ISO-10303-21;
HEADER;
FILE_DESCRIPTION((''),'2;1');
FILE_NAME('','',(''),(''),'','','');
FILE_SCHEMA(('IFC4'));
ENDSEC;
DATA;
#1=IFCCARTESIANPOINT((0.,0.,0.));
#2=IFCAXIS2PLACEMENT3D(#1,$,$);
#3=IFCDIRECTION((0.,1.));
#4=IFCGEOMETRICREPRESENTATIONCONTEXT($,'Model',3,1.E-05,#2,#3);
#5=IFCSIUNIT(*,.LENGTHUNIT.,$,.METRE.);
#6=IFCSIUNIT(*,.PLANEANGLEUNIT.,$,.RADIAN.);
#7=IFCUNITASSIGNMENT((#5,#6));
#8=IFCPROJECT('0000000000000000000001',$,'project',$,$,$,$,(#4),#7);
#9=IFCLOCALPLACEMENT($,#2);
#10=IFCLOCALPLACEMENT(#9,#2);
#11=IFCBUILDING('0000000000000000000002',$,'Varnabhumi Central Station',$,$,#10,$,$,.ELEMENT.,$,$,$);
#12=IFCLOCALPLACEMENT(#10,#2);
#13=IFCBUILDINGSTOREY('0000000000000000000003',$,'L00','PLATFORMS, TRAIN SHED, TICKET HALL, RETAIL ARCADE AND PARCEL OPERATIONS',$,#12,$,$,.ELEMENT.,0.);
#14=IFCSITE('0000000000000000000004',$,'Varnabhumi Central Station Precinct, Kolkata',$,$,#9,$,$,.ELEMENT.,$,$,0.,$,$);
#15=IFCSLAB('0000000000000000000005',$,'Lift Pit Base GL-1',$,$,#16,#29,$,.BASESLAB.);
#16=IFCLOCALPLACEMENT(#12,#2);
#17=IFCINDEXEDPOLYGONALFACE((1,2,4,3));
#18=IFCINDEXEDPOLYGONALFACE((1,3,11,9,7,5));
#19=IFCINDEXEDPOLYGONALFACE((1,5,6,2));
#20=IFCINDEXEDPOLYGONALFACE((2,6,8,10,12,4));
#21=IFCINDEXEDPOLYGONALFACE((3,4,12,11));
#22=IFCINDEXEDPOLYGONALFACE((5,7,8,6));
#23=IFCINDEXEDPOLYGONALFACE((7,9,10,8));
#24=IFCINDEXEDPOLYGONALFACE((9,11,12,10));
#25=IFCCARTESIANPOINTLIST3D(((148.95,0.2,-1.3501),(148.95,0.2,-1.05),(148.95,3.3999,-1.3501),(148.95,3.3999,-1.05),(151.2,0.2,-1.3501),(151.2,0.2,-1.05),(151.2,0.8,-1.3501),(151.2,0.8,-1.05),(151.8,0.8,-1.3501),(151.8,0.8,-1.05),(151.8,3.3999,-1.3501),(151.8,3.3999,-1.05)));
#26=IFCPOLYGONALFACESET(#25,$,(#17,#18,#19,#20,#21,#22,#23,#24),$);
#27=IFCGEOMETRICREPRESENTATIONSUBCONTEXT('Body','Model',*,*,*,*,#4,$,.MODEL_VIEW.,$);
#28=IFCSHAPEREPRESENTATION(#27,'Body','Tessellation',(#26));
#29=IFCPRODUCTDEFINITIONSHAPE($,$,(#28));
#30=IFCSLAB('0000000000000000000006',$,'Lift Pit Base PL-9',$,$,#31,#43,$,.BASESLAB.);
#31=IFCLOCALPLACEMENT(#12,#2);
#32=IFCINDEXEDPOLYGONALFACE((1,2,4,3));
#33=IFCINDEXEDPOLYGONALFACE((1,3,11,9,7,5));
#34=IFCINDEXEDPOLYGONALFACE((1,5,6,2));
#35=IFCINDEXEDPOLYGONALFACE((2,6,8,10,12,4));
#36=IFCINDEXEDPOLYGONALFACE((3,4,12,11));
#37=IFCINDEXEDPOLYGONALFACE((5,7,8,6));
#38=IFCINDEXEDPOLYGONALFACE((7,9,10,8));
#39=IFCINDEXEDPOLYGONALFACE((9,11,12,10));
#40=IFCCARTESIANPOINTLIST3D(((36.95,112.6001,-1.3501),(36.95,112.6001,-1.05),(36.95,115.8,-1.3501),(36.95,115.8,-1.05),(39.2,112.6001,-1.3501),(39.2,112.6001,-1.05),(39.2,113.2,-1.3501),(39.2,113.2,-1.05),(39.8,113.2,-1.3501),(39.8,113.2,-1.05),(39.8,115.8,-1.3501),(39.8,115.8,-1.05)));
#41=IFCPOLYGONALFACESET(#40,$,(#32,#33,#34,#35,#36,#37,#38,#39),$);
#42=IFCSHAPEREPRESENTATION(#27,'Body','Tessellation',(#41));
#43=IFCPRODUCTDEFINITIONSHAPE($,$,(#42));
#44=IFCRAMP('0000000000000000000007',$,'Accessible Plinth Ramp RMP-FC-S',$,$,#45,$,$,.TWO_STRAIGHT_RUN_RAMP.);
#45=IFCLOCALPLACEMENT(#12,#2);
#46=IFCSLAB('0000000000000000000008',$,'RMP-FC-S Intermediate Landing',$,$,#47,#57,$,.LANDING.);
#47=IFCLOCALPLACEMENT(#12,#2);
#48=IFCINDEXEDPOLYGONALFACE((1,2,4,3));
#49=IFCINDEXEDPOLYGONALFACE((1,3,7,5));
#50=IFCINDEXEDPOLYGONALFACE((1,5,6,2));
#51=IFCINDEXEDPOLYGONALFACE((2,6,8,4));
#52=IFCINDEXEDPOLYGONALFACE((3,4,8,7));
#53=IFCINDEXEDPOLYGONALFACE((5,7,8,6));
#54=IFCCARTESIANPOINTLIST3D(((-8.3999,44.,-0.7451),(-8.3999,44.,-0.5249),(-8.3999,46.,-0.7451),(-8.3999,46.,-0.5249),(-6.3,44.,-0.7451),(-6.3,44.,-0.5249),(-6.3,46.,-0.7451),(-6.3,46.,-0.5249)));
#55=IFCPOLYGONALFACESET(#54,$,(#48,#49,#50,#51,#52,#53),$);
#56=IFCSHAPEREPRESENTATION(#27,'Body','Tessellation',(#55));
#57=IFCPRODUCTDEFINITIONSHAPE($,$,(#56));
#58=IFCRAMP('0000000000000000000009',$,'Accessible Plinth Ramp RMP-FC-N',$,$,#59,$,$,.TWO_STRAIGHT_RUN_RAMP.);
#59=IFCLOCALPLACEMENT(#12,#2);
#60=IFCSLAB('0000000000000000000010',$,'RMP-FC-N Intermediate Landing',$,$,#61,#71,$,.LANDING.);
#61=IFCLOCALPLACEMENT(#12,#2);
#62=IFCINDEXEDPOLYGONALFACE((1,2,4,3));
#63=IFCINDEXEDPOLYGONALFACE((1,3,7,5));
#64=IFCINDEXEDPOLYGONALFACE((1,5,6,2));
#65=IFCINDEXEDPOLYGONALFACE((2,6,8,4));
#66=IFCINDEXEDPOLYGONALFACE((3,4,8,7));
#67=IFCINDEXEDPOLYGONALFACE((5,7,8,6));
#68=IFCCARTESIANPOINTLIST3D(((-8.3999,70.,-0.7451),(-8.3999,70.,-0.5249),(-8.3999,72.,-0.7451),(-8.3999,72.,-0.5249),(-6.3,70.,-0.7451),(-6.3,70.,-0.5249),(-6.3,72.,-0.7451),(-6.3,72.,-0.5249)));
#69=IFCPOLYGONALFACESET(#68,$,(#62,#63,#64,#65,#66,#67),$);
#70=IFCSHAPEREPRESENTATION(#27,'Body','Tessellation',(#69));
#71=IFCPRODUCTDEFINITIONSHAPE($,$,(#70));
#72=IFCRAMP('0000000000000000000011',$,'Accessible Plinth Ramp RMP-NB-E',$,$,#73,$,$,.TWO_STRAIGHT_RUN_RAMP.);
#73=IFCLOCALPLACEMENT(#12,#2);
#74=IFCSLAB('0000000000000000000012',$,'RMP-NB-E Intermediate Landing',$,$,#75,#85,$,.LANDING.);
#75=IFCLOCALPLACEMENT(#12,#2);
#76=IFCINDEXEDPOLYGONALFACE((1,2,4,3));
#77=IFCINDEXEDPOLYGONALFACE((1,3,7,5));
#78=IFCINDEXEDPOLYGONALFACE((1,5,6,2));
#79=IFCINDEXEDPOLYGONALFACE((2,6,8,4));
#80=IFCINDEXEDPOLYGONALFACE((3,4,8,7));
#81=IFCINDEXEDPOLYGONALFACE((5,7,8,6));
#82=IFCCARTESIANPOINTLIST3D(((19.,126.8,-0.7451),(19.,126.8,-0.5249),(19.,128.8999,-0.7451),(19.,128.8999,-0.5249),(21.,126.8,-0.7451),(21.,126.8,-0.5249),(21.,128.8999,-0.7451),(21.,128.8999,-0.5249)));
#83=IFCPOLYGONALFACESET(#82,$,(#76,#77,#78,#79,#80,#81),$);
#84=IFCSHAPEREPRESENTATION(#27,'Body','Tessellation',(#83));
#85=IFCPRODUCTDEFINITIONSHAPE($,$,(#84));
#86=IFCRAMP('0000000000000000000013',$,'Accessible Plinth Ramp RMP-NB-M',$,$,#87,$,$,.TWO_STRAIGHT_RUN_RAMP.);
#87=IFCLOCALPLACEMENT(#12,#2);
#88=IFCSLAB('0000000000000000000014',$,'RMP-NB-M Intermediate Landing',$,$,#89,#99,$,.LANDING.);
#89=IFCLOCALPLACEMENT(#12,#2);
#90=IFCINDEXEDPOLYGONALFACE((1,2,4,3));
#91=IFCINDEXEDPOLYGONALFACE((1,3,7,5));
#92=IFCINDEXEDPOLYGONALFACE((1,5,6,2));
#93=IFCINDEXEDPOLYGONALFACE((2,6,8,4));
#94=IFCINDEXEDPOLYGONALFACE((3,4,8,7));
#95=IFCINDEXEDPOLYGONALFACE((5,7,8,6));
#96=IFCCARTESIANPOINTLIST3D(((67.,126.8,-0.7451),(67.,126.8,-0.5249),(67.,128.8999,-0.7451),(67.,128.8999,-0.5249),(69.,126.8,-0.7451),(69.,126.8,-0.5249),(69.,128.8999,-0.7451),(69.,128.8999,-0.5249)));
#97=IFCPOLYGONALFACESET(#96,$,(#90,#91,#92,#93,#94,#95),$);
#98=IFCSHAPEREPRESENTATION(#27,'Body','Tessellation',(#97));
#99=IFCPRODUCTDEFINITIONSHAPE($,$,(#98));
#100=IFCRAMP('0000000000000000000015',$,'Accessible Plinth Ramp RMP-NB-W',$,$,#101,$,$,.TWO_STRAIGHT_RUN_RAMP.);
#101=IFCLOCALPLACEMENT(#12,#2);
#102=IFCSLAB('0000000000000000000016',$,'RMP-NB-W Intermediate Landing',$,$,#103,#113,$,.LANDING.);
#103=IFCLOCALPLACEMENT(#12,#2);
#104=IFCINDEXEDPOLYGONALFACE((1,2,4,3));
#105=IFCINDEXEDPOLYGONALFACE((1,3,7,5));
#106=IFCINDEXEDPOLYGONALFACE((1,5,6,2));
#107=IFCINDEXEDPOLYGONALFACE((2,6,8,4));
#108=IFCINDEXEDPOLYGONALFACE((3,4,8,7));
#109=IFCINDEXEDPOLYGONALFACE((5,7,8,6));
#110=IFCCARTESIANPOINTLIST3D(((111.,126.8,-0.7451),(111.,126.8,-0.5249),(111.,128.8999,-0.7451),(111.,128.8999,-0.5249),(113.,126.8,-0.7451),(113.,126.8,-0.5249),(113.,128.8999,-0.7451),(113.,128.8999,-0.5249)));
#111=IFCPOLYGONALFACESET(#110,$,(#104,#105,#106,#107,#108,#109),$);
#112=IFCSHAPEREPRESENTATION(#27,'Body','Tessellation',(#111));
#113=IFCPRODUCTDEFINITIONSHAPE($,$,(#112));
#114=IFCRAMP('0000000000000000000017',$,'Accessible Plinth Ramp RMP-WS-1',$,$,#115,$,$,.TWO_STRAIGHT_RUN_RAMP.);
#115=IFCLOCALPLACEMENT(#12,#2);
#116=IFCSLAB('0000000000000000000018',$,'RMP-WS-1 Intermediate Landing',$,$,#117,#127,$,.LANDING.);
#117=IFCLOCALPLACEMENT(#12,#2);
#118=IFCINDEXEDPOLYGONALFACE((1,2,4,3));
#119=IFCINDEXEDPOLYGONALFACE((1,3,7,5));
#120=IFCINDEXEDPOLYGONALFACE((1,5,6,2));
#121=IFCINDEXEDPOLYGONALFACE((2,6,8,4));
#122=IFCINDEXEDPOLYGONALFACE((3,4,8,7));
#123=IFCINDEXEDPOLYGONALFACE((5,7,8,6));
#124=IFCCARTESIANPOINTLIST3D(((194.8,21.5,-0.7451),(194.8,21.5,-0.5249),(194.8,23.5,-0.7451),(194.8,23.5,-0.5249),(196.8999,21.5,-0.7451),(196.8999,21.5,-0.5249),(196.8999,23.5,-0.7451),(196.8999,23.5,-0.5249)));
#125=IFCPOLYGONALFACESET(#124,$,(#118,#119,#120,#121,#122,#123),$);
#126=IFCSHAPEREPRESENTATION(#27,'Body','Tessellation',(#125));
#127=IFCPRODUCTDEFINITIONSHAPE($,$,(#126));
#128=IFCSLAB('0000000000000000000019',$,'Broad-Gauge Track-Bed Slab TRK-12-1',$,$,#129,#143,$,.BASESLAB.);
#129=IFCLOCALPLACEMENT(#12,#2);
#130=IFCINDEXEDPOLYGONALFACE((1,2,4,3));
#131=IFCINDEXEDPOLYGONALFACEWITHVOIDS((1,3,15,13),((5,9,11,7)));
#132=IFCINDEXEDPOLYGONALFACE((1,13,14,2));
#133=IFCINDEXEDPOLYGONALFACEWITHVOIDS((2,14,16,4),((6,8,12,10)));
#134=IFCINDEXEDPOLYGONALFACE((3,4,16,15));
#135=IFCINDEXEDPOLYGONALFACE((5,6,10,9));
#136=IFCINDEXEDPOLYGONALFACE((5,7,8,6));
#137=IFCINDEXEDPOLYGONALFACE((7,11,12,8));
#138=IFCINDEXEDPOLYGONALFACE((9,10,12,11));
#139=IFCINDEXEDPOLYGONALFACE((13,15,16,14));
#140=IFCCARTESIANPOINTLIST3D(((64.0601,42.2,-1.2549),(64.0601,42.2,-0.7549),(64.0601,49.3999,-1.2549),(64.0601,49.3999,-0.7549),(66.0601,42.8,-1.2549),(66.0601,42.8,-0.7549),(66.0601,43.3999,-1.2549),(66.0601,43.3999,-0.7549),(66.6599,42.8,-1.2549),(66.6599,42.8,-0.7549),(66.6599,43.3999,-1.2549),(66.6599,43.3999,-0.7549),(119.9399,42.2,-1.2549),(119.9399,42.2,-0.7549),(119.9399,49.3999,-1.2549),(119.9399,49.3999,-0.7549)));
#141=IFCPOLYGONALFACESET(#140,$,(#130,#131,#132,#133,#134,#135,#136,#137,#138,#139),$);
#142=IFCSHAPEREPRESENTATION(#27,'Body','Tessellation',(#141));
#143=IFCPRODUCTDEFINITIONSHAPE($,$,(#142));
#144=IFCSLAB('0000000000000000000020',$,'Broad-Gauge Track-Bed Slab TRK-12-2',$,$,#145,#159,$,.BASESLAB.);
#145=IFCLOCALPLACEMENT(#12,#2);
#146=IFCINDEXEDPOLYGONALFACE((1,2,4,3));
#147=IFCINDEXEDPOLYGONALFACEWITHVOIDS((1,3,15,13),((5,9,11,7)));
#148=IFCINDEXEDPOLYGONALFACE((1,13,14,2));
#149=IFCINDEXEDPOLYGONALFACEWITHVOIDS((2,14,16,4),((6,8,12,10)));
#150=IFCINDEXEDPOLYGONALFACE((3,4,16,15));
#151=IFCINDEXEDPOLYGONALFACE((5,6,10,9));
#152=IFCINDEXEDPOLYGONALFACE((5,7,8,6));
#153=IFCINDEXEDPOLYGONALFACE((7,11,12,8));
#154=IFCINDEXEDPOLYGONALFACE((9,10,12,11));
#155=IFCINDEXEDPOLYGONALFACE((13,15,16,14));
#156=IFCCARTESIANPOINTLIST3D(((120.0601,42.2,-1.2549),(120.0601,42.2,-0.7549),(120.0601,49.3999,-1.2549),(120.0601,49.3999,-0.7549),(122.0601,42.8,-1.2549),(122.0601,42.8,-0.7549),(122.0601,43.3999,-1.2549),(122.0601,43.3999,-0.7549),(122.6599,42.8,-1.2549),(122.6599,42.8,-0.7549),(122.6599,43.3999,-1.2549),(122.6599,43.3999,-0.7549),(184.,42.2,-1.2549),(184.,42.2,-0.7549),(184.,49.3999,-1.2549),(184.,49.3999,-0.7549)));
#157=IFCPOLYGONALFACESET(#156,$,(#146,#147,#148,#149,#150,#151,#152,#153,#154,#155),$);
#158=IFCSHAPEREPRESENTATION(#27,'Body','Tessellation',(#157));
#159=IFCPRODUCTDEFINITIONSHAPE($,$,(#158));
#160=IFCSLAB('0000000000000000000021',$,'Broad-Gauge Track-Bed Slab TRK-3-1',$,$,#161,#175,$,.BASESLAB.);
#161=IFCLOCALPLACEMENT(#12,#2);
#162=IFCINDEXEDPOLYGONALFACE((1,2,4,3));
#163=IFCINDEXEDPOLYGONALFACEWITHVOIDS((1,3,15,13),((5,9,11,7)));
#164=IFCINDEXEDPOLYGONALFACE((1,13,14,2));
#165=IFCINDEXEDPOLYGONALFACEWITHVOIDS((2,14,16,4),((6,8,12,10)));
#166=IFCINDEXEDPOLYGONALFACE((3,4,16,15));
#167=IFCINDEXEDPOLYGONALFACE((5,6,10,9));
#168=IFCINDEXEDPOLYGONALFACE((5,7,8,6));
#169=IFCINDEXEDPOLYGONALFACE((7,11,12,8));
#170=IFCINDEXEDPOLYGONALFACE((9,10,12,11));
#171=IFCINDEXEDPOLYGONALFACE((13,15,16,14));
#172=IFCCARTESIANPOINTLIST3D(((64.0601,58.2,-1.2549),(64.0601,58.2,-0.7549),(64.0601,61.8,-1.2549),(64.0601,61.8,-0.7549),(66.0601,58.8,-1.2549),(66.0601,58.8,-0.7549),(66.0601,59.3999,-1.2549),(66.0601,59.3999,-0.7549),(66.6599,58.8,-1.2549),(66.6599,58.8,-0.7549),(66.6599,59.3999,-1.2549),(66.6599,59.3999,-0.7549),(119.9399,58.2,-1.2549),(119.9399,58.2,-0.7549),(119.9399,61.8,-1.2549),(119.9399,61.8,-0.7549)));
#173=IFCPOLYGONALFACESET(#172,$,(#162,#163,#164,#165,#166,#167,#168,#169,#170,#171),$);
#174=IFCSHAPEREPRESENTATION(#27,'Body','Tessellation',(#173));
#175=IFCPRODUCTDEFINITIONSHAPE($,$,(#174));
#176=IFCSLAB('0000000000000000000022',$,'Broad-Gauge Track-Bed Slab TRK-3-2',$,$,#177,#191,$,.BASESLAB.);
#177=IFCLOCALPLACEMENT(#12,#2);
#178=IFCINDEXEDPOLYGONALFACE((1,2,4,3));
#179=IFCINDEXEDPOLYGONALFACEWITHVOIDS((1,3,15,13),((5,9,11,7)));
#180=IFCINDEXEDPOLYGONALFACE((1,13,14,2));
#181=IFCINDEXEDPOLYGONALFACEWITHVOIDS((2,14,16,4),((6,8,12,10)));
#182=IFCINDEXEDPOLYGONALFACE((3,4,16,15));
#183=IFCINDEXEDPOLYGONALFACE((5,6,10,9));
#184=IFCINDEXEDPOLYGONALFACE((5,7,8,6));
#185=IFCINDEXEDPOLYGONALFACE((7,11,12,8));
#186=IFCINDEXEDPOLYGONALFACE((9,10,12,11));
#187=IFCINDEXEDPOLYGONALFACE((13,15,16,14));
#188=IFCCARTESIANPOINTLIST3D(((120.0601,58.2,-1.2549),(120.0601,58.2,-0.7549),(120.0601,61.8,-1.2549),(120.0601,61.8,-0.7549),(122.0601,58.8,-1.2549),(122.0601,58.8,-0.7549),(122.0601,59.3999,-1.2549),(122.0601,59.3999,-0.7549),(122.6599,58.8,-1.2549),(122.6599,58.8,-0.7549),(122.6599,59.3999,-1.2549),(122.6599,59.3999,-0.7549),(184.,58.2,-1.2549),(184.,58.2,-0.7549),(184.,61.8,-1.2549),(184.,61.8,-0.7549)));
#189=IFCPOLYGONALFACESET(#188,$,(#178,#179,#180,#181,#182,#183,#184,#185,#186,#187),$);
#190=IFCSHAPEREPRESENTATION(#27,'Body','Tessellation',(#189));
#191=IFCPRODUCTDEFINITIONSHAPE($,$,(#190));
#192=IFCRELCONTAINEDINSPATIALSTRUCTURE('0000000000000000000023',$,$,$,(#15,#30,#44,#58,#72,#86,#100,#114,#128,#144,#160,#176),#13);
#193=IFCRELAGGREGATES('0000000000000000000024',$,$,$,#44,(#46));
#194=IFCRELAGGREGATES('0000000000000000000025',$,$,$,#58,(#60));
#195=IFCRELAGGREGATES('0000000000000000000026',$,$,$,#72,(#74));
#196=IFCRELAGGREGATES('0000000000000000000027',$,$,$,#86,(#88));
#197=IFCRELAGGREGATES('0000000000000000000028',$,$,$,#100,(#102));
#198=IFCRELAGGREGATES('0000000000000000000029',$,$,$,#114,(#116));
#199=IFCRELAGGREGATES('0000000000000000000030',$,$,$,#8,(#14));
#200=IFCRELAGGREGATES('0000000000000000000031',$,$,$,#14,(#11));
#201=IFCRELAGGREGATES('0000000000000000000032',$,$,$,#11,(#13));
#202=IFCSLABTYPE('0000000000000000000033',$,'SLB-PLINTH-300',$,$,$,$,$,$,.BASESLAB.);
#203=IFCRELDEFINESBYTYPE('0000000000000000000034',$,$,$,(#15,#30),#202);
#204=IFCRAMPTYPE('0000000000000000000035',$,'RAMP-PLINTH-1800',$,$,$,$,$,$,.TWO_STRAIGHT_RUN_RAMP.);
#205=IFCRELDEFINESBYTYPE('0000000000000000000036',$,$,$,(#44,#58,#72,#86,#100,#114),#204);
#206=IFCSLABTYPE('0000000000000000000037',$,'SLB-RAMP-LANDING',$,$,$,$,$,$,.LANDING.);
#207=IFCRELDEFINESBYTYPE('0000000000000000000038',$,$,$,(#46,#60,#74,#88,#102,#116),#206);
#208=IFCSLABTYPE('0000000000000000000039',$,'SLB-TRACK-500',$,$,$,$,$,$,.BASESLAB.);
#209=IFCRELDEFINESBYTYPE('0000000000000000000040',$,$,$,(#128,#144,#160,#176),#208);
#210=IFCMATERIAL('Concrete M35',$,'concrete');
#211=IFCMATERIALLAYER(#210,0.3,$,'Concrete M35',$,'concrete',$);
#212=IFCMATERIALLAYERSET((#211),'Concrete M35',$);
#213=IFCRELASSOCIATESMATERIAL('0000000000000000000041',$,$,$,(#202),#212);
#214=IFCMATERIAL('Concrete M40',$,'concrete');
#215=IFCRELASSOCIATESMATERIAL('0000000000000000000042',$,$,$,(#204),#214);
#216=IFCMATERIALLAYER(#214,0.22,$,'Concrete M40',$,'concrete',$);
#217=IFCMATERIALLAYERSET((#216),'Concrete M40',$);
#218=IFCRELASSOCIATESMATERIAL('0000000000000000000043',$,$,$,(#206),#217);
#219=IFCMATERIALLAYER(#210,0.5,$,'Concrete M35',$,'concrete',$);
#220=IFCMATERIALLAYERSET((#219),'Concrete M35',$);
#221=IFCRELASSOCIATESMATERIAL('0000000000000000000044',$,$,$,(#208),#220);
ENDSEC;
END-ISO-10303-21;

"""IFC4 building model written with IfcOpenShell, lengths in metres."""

from ifc_helpers import new_model, si_unit, direction, frame, origin, place, context, subcontext, project, spatial, polyline, outline, extrude, material, layer, layer_set, type_object, element, aggregate, save


model = new_model("IFC4")

# Units and contexts
model_context = context("Model", 3, precision=1e-05, world=origin(), true_north=direction((0.0, 1.0)))
body_context = subcontext(model_context, "Body", "Model", "MODEL_VIEW")
ifc_project = project(units=[si_unit("LENGTHUNIT", "METRE"), si_unit("PLANEANGLEUNIT", "RADIAN")], contexts=[model_context])

# Site, building, storey
site_placement = place(None, origin())
site = spatial("IfcSite", under=ifc_project, at=site_placement, Name="Varnabhumi Central Station Precinct, Kolkata", CompositionType="ELEMENT", RefElevation=0.0)
building_placement = place(site_placement, origin())
building = spatial("IfcBuilding", under=site, at=building_placement, Name="Varnabhumi Central Station", CompositionType="ELEMENT")
storey_placement = place(building_placement, origin())
storey = spatial("IfcBuildingStorey", under=building, at=storey_placement, Name="L00", Description="PLATFORMS, TRAIN SHED, TICKET HALL, RETAIL ARCADE AND PARCEL OPERATIONS", CompositionType="ELEMENT", Elevation=0.0)

# Shared definitions
ifc_material_1 = material(Name="Concrete M40", Category="concrete")

# Shared definitions
ifc_material_2 = material(Name="Concrete M35", Category="concrete")

# Slabs
ifc_layer_1 = layer(ifc_material_2, 0.3, Name="Concrete M35", Category="concrete")
ifc_layer_set_1 = layer_set([ifc_layer_1], Name="Concrete M35")
slab_type_1 = type_object("IfcSlabType", Name="SLB-PLINTH-300", PredefinedType="BASESLAB", material=ifc_layer_set_1)
slab_1_placement = place(storey_placement, frame((0.0, 0.0, -1.3501)))
element("IfcSlab", 1, at=slab_1_placement, inside=storey, type_object=slab_type_1, Name="Lift Pit Base GL-1", PredefinedType="BASESLAB", context=body_context, shape_type="SweptSolid", body=[
    extrude(outline(polyline([(148.95, 0.2), (151.2, 0.2), (151.2, 0.8), (151.8, 0.8), (151.8, 3.3999), (148.95, 3.3999), (148.95, 0.2)])), origin(), (0.0, 0.0, 1.0), 0.3),
])
slab_2_placement = place(storey_placement, frame((0.0, 0.0, -1.3501)))
element("IfcSlab", 2, at=slab_2_placement, inside=storey, type_object=slab_type_1, Name="Lift Pit Base PL-9", PredefinedType="BASESLAB", context=body_context, shape_type="SweptSolid", body=[
    extrude(outline(polyline([(36.95, 112.6001), (39.2, 112.6001), (39.2, 113.2), (39.8, 113.2), (39.8, 115.8), (36.95, 115.8), (36.95, 112.6001)])), origin(), (0.0, 0.0, 1.0), 0.3),
])

# Ramps, slabs
ramp_type = type_object("IfcRampType", Name="RAMP-PLINTH-1800", PredefinedType="TWO_STRAIGHT_RUN_RAMP", material=ifc_material_1)
ramp_1_placement = place(storey_placement, origin())
ramp_1 = element("IfcRamp", 3, at=ramp_1_placement, inside=storey, type_object=ramp_type, Name="Accessible Plinth Ramp RMP-FC-S", PredefinedType="TWO_STRAIGHT_RUN_RAMP")
ifc_layer_2 = layer(ifc_material_1, 0.22, Name="Concrete M40", Category="concrete")
ifc_layer_set_2 = layer_set([ifc_layer_2], Name="Concrete M40")
slab_type_2 = type_object("IfcSlabType", Name="SLB-RAMP-LANDING", PredefinedType="LANDING", material=ifc_layer_set_2)
slab_3_placement = place(storey_placement, frame((0.0, 0.0, -0.7451)))
slab_3 = element("IfcSlab", 4, at=slab_3_placement, type_object=slab_type_2, Name="RMP-FC-S Intermediate Landing", PredefinedType="LANDING", context=body_context, shape_type="SweptSolid", body=[
    extrude(outline(polyline([(-8.3999, 44.0), (-6.3, 44.0), (-6.3, 46.0), (-8.3999, 46.0), (-8.3999, 44.0)])), origin(), (0.0, 0.0, 1.0), 0.2202),
])
aggregate(ramp_1, [slab_3])
ramp_2_placement = place(storey_placement, origin())
ramp_2 = element("IfcRamp", 5, at=ramp_2_placement, inside=storey, type_object=ramp_type, Name="Accessible Plinth Ramp RMP-FC-N", PredefinedType="TWO_STRAIGHT_RUN_RAMP")
slab_4_placement = place(storey_placement, frame((0.0, 0.0, -0.7451)))
slab_4 = element("IfcSlab", 6, at=slab_4_placement, type_object=slab_type_2, Name="RMP-FC-N Intermediate Landing", PredefinedType="LANDING", context=body_context, shape_type="SweptSolid", body=[
    extrude(outline(polyline([(-8.3999, 70.0), (-6.3, 70.0), (-6.3, 72.0), (-8.3999, 72.0), (-8.3999, 70.0)])), origin(), (0.0, 0.0, 1.0), 0.2202),
])
aggregate(ramp_2, [slab_4])
ramp_3_placement = place(storey_placement, origin())
ramp_3 = element("IfcRamp", 7, at=ramp_3_placement, inside=storey, type_object=ramp_type, Name="Accessible Plinth Ramp RMP-NB-E", PredefinedType="TWO_STRAIGHT_RUN_RAMP")
slab_5_placement = place(storey_placement, frame((0.0, 0.0, -0.7451)))
slab_5 = element("IfcSlab", 8, at=slab_5_placement, type_object=slab_type_2, Name="RMP-NB-E Intermediate Landing", PredefinedType="LANDING", context=body_context, shape_type="SweptSolid", body=[
    extrude(outline(polyline([(19.0, 128.8999), (19.0, 126.8), (21.0, 126.8), (21.0, 128.8999), (19.0, 128.8999)])), origin(), (0.0, 0.0, 1.0), 0.2202),
])
aggregate(ramp_3, [slab_5])
ramp_4_placement = place(storey_placement, origin())
ramp_4 = element("IfcRamp", 9, at=ramp_4_placement, inside=storey, type_object=ramp_type, Name="Accessible Plinth Ramp RMP-NB-M", PredefinedType="TWO_STRAIGHT_RUN_RAMP")
slab_6_placement = place(storey_placement, frame((0.0, 0.0, -0.7451)))
slab_6 = element("IfcSlab", 10, at=slab_6_placement, type_object=slab_type_2, Name="RMP-NB-M Intermediate Landing", PredefinedType="LANDING", context=body_context, shape_type="SweptSolid", body=[
    extrude(outline(polyline([(67.0, 128.8999), (67.0, 126.8), (69.0, 126.8), (69.0, 128.8999), (67.0, 128.8999)])), origin(), (0.0, 0.0, 1.0), 0.2202),
])
aggregate(ramp_4, [slab_6])
ramp_5_placement = place(storey_placement, origin())
ramp_5 = element("IfcRamp", 11, at=ramp_5_placement, inside=storey, type_object=ramp_type, Name="Accessible Plinth Ramp RMP-NB-W", PredefinedType="TWO_STRAIGHT_RUN_RAMP")
slab_7_placement = place(storey_placement, frame((0.0, 0.0, -0.7451)))
slab_7 = element("IfcSlab", 12, at=slab_7_placement, type_object=slab_type_2, Name="RMP-NB-W Intermediate Landing", PredefinedType="LANDING", context=body_context, shape_type="SweptSolid", body=[
    extrude(outline(polyline([(111.0, 128.8999), (111.0, 126.8), (113.0, 126.8), (113.0, 128.8999), (111.0, 128.8999)])), origin(), (0.0, 0.0, 1.0), 0.2202),
])
aggregate(ramp_5, [slab_7])
ramp_6_placement = place(storey_placement, origin())
ramp_6 = element("IfcRamp", 13, at=ramp_6_placement, inside=storey, type_object=ramp_type, Name="Accessible Plinth Ramp RMP-WS-1", PredefinedType="TWO_STRAIGHT_RUN_RAMP")
slab_8_placement = place(storey_placement, frame((0.0, 0.0, -0.7451)))
slab_8 = element("IfcSlab", 14, at=slab_8_placement, type_object=slab_type_2, Name="RMP-WS-1 Intermediate Landing", PredefinedType="LANDING", context=body_context, shape_type="SweptSolid", body=[
    extrude(outline(polyline([(196.8999, 23.5), (194.8, 23.5), (194.8, 21.5), (196.8999, 21.5), (196.8999, 23.5)])), origin(), (0.0, 0.0, 1.0), 0.2202),
])
aggregate(ramp_6, [slab_8])

# Slabs
ifc_layer_3 = layer(ifc_material_2, 0.5, Name="Concrete M35", Category="concrete")
ifc_layer_set_3 = layer_set([ifc_layer_3], Name="Concrete M35")
slab_type_3 = type_object("IfcSlabType", Name="SLB-TRACK-500", PredefinedType="BASESLAB", material=ifc_layer_set_3)
slab_9_placement = place(storey_placement, frame((0.0, 0.0, -1.2549)))
element("IfcSlab", 15, at=slab_9_placement, inside=storey, type_object=slab_type_3, Name="Broad-Gauge Track-Bed Slab TRK-12-1", PredefinedType="BASESLAB", context=body_context, shape_type="SweptSolid", body=[
    extrude(outline(polyline([(64.0601, 42.2), (119.9399, 42.2), (119.9399, 49.3999), (64.0601, 49.3999), (64.0601, 42.2)]), holes=[polyline([(66.0601, 42.8), (66.6599, 42.8), (66.6599, 43.3999), (66.0601, 43.3999), (66.0601, 42.8)])]), origin(), (0.0, 0.0, 1.0), 0.5),
])
slab_10_placement = place(storey_placement, frame((0.0, 0.0, -1.2549)))
element("IfcSlab", 16, at=slab_10_placement, inside=storey, type_object=slab_type_3, Name="Broad-Gauge Track-Bed Slab TRK-12-2", PredefinedType="BASESLAB", context=body_context, shape_type="SweptSolid", body=[
    extrude(outline(polyline([(120.0601, 42.2), (184.0, 42.2), (184.0, 49.3999), (120.0601, 49.3999), (120.0601, 42.2)]), holes=[polyline([(122.0601, 42.8), (122.6599, 42.8), (122.6599, 43.3999), (122.0601, 43.3999), (122.0601, 42.8)])]), origin(), (0.0, 0.0, 1.0), 0.5),
])
slab_11_placement = place(storey_placement, frame((0.0, 0.0, -1.2549)))
element("IfcSlab", 17, at=slab_11_placement, inside=storey, type_object=slab_type_3, Name="Broad-Gauge Track-Bed Slab TRK-3-1", PredefinedType="BASESLAB", context=body_context, shape_type="SweptSolid", body=[
    extrude(outline(polyline([(64.0601, 58.2), (119.9399, 58.2), (119.9399, 61.8), (64.0601, 61.8), (64.0601, 58.2)]), holes=[polyline([(66.0601, 58.8), (66.6599, 58.8), (66.6599, 59.3999), (66.0601, 59.3999), (66.0601, 58.8)])]), origin(), (0.0, 0.0, 1.0), 0.5),
])
slab_12_placement = place(storey_placement, frame((0.0, 0.0, -1.2549)))
element("IfcSlab", 18, at=slab_12_placement, inside=storey, type_object=slab_type_3, Name="Broad-Gauge Track-Bed Slab TRK-3-2", PredefinedType="BASESLAB", context=body_context, shape_type="SweptSolid", body=[
    extrude(outline(polyline([(120.0601, 58.2), (184.0, 58.2), (184.0, 61.8), (120.0601, 61.8), (120.0601, 58.2)]), holes=[polyline([(122.0601, 58.8), (122.6599, 58.8), (122.6599, 59.3999), (122.0601, 59.3999), (122.0601, 58.8)])]), origin(), (0.0, 0.0, 1.0), 0.5),
])

save(model, "model.ifc")
